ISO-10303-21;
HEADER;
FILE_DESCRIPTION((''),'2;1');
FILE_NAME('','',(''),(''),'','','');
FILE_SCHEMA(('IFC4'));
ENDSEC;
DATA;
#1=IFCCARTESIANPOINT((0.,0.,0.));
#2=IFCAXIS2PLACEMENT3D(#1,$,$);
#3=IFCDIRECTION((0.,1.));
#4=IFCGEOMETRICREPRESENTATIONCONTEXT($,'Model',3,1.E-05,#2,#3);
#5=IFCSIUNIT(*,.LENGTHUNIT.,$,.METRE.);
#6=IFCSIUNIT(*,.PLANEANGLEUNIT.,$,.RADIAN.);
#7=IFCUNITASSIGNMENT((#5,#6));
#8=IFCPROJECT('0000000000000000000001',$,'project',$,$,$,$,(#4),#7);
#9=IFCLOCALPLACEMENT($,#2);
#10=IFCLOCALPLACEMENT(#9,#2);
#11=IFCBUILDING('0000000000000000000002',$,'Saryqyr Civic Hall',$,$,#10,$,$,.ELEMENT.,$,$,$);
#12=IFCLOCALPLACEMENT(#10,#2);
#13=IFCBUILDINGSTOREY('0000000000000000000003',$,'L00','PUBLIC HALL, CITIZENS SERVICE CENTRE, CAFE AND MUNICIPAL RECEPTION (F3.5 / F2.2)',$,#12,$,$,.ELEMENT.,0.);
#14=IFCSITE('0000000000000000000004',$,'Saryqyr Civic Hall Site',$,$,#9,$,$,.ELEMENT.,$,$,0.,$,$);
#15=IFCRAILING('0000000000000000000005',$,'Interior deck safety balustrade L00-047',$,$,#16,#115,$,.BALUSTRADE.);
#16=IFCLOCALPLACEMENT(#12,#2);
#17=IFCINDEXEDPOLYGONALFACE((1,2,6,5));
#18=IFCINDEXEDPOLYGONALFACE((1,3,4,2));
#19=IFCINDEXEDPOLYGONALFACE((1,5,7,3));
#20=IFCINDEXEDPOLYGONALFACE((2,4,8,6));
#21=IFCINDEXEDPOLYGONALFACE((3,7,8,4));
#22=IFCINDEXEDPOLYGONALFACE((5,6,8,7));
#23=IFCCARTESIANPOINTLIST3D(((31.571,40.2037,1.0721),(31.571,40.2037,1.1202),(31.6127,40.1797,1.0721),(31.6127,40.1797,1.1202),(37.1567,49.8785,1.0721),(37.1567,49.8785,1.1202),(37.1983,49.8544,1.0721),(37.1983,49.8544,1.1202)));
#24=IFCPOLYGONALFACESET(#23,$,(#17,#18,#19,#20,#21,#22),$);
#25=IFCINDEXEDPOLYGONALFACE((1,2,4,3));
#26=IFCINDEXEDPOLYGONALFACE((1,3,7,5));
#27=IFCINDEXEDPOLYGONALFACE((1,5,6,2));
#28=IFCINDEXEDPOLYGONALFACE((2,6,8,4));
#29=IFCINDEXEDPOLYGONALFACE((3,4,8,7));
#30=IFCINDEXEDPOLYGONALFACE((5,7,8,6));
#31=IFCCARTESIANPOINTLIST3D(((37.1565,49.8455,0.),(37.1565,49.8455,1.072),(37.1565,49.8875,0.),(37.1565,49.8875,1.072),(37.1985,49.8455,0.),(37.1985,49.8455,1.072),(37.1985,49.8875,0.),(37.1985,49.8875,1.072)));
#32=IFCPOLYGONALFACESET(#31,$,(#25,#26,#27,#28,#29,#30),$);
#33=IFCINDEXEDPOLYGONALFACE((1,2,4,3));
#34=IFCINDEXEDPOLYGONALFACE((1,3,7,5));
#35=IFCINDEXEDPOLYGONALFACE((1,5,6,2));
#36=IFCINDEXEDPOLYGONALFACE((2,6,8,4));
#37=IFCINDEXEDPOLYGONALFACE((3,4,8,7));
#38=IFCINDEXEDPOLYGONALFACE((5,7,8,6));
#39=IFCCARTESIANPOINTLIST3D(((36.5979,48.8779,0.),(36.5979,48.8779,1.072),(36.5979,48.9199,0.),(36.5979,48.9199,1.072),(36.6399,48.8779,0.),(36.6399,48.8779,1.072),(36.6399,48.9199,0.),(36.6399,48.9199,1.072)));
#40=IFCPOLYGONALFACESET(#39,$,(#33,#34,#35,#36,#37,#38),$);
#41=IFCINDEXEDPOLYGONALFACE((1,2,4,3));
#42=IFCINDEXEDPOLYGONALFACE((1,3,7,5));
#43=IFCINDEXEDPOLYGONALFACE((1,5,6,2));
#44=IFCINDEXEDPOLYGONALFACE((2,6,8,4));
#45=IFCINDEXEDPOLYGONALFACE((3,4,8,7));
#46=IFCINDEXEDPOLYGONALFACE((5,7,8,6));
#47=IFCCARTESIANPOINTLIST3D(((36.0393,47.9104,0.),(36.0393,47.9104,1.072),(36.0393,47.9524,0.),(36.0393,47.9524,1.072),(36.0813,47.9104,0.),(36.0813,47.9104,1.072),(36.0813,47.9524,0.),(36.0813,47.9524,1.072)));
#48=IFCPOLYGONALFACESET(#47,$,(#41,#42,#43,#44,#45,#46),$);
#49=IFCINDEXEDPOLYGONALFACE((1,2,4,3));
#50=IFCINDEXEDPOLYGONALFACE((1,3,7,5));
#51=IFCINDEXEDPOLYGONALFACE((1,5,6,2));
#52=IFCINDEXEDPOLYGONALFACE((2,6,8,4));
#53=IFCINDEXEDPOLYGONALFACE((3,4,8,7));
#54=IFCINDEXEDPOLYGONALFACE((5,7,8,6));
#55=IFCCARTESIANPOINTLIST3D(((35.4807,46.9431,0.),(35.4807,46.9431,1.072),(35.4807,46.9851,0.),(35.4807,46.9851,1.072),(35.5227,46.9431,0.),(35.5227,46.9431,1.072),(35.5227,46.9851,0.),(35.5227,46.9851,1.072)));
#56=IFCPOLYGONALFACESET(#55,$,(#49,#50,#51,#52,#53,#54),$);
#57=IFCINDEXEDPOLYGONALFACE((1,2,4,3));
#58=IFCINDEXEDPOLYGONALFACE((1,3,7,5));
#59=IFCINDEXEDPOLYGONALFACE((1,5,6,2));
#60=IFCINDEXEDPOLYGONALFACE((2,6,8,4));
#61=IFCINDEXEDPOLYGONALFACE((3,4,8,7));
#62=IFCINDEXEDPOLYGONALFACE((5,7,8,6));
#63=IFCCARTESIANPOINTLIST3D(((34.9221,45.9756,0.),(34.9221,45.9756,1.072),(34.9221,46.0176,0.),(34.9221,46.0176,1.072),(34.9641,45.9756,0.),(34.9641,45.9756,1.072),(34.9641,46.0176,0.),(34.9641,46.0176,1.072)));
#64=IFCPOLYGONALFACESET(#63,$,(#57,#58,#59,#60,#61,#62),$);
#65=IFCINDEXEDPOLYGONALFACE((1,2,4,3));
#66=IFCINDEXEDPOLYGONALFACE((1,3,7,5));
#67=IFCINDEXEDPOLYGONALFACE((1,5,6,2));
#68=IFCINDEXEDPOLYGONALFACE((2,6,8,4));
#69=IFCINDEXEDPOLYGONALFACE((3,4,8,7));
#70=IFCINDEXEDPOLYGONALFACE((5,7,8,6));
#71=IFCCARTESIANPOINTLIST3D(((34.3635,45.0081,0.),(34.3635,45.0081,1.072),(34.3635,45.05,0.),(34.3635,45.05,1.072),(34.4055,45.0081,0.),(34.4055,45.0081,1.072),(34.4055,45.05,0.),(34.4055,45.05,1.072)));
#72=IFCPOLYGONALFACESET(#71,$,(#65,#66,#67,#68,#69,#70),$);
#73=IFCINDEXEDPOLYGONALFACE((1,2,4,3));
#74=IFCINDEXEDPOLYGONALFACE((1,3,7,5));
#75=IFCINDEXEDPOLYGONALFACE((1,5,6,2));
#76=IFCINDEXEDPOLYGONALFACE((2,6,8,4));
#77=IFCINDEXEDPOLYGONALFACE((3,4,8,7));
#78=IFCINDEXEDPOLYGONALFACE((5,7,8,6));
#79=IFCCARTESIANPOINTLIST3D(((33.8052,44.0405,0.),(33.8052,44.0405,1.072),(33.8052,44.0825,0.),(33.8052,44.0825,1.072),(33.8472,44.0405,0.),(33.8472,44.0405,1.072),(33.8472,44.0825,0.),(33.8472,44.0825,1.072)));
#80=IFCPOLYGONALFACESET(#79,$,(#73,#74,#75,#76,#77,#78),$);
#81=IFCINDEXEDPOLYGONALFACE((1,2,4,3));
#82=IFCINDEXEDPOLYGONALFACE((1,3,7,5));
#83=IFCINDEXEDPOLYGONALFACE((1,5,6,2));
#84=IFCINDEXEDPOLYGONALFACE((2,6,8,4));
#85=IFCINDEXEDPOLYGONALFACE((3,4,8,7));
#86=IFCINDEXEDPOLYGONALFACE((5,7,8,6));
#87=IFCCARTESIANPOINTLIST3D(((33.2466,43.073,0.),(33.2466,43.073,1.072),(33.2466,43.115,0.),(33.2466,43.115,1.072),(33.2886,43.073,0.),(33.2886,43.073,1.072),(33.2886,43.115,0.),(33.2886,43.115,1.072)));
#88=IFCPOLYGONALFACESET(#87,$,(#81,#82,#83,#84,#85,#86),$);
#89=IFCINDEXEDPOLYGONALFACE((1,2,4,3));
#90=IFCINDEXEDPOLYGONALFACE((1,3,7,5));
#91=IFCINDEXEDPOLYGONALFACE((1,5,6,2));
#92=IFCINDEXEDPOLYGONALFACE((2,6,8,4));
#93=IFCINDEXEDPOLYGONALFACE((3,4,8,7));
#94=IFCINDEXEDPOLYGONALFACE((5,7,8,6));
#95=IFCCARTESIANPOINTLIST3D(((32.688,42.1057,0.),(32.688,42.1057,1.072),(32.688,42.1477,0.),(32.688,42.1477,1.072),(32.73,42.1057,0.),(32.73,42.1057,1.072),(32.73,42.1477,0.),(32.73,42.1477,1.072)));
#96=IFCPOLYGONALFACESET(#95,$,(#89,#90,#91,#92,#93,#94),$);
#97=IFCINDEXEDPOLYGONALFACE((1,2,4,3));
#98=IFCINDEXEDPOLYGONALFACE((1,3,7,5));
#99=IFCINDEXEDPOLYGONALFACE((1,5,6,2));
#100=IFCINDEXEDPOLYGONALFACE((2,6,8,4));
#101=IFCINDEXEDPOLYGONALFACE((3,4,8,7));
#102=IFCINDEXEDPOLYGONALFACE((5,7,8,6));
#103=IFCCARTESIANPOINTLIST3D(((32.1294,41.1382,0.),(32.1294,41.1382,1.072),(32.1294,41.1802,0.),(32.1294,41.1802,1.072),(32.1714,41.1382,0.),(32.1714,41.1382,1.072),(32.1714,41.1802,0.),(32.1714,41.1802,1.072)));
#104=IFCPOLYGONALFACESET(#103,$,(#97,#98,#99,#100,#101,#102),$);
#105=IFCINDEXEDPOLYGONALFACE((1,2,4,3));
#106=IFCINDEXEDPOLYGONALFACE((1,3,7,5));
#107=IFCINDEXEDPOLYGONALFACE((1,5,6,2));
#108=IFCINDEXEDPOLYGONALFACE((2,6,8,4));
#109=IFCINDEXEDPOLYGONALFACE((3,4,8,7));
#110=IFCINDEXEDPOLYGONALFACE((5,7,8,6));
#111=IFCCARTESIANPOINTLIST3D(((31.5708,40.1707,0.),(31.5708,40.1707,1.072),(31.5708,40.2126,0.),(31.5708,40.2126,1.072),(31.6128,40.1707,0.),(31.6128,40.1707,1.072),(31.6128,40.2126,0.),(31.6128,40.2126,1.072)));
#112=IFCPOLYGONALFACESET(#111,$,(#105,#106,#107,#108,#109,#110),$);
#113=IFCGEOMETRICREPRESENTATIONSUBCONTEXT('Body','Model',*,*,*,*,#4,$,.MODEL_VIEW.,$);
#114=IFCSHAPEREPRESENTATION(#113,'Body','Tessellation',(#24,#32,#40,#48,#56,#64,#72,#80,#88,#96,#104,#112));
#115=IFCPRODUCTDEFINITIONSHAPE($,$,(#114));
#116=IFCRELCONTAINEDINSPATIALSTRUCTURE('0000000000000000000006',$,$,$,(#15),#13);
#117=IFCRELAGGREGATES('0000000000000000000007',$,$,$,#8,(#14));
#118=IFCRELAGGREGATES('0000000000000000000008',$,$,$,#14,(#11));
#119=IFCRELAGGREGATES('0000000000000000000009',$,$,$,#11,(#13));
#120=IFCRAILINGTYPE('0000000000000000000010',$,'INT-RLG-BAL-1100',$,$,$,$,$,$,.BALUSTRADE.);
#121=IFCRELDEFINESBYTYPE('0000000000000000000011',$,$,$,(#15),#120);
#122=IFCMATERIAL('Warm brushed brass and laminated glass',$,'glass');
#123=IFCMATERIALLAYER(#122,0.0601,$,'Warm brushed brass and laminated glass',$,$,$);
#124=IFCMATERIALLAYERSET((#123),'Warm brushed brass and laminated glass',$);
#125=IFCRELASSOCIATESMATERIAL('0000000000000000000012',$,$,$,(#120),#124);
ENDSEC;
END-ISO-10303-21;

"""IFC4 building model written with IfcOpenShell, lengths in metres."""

from ifc_helpers import new_model, si_unit, direction, frame, origin, origin_2d, place, context, subcontext, project, spatial, rectangle, extrude, material, layer, layer_set, type_object, element, save


model = new_model("IFC4")

# Units and contexts
model_context = context("Model", 3, precision=1e-05, world=origin(), true_north=direction((0.0, 1.0)))
body_context = subcontext(model_context, "Body", "Model", "MODEL_VIEW")
ifc_project = project(units=[si_unit("LENGTHUNIT", "METRE"), si_unit("PLANEANGLEUNIT", "RADIAN")], contexts=[model_context])

# Site, building, storey
site_placement = place(None, origin())
site = spatial("IfcSite", under=ifc_project, at=site_placement, Name="Saryqyr Civic Hall Site", CompositionType="ELEMENT", RefElevation=0.0)
building_placement = place(site_placement, origin())
building = spatial("IfcBuilding", under=site, at=building_placement, Name="Saryqyr Civic Hall", CompositionType="ELEMENT")
storey_placement = place(building_placement, origin())
storey = spatial("IfcBuildingStorey", under=building, at=storey_placement, Name="L00", Description="PUBLIC HALL, CITIZENS SERVICE CENTRE, CAFE AND MUNICIPAL RECEPTION (F3.5 / F2.2)", CompositionType="ELEMENT", Elevation=0.0)

# Railing
ifc_material_1 = material(Name="Warm brushed brass and laminated glass", Category="glass")
ifc_layer_1 = layer(ifc_material_1, 0.0601, Name="Warm brushed brass and laminated glass")
ifc_layer_set_1 = layer_set([ifc_layer_1], Name="Warm brushed brass and laminated glass")
railing_type = type_object("IfcRailingType", Name="INT-RLG-BAL-1100", PredefinedType="BALUSTRADE", material=ifc_layer_set_1)
railing_1_placement = place(storey_placement, frame((37.1775, 49.8665, 0.0)))
element("IfcRailing", 1, at=railing_1_placement, inside=storey, type_object=railing_type, Name="Interior deck safety balustrade L00-047", PredefinedType="BALUSTRADE", context=body_context, shape_type="SweptSolid", body=[
    extrude(rectangle(XDim=0.0481, YDim=0.0481, at=origin_2d()), frame((0.0, 0.0, 1.0962), z_axis=(-0.499996, -0.866028, 0.0), x_axis=(0.866028, -0.499996, 0.0)), (0.0, 0.0, 1.0), 11.1714),
    extrude(rectangle(XDim=0.042, YDim=0.042, at=origin_2d()), origin(), (0.0, 0.0, 1.0), 1.072),
    extrude(rectangle(XDim=0.042, YDim=0.042, at=origin_2d()), frame((-0.5586, -0.9675, 0.0)), (0.0, 0.0, 1.0), 1.072),
    extrude(rectangle(XDim=0.042, YDim=0.042, at=origin_2d()), frame((-1.1172, -1.9351, 0.0)), (0.0, 0.0, 1.0), 1.072),
    extrude(rectangle(XDim=0.042, YDim=0.042, at=origin_2d()), frame((-1.6758, -2.9023, 0.0)), (0.0, 0.0, 1.0), 1.072),
    extrude(rectangle(XDim=0.042, YDim=0.042, at=origin_2d()), frame((-2.2344, -3.8699, 0.0)), (0.0, 0.0, 1.0), 1.072),
    extrude(rectangle(XDim=0.042, YDim=0.042, at=origin_2d()), frame((-2.793, -4.8374, 0.0)), (0.0, 0.0, 1.0), 1.072),
    extrude(rectangle(XDim=0.042, YDim=0.042, at=origin_2d()), frame((-3.3513, -5.8049, 0.0)), (0.0, 0.0, 1.0), 1.072),
    extrude(rectangle(XDim=0.042, YDim=0.042, at=origin_2d()), frame((-3.9099, -6.7725, 0.0)), (0.0, 0.0, 1.0), 1.072),
    extrude(rectangle(XDim=0.042, YDim=0.042, at=origin_2d()), frame((-4.4685, -7.7397, 0.0)), (0.0, 0.0, 1.0), 1.072),
    extrude(rectangle(XDim=0.042, YDim=0.042, at=origin_2d()), frame((-5.0271, -8.7073, 0.0)), (0.0, 0.0, 1.0), 1.072),
    extrude(rectangle(XDim=0.042, YDim=0.042, at=origin_2d()), frame((-5.5857, -9.6748, 0.0)), (0.0, 0.0, 1.0), 1.072),
])

save(model, "model.ifc")
